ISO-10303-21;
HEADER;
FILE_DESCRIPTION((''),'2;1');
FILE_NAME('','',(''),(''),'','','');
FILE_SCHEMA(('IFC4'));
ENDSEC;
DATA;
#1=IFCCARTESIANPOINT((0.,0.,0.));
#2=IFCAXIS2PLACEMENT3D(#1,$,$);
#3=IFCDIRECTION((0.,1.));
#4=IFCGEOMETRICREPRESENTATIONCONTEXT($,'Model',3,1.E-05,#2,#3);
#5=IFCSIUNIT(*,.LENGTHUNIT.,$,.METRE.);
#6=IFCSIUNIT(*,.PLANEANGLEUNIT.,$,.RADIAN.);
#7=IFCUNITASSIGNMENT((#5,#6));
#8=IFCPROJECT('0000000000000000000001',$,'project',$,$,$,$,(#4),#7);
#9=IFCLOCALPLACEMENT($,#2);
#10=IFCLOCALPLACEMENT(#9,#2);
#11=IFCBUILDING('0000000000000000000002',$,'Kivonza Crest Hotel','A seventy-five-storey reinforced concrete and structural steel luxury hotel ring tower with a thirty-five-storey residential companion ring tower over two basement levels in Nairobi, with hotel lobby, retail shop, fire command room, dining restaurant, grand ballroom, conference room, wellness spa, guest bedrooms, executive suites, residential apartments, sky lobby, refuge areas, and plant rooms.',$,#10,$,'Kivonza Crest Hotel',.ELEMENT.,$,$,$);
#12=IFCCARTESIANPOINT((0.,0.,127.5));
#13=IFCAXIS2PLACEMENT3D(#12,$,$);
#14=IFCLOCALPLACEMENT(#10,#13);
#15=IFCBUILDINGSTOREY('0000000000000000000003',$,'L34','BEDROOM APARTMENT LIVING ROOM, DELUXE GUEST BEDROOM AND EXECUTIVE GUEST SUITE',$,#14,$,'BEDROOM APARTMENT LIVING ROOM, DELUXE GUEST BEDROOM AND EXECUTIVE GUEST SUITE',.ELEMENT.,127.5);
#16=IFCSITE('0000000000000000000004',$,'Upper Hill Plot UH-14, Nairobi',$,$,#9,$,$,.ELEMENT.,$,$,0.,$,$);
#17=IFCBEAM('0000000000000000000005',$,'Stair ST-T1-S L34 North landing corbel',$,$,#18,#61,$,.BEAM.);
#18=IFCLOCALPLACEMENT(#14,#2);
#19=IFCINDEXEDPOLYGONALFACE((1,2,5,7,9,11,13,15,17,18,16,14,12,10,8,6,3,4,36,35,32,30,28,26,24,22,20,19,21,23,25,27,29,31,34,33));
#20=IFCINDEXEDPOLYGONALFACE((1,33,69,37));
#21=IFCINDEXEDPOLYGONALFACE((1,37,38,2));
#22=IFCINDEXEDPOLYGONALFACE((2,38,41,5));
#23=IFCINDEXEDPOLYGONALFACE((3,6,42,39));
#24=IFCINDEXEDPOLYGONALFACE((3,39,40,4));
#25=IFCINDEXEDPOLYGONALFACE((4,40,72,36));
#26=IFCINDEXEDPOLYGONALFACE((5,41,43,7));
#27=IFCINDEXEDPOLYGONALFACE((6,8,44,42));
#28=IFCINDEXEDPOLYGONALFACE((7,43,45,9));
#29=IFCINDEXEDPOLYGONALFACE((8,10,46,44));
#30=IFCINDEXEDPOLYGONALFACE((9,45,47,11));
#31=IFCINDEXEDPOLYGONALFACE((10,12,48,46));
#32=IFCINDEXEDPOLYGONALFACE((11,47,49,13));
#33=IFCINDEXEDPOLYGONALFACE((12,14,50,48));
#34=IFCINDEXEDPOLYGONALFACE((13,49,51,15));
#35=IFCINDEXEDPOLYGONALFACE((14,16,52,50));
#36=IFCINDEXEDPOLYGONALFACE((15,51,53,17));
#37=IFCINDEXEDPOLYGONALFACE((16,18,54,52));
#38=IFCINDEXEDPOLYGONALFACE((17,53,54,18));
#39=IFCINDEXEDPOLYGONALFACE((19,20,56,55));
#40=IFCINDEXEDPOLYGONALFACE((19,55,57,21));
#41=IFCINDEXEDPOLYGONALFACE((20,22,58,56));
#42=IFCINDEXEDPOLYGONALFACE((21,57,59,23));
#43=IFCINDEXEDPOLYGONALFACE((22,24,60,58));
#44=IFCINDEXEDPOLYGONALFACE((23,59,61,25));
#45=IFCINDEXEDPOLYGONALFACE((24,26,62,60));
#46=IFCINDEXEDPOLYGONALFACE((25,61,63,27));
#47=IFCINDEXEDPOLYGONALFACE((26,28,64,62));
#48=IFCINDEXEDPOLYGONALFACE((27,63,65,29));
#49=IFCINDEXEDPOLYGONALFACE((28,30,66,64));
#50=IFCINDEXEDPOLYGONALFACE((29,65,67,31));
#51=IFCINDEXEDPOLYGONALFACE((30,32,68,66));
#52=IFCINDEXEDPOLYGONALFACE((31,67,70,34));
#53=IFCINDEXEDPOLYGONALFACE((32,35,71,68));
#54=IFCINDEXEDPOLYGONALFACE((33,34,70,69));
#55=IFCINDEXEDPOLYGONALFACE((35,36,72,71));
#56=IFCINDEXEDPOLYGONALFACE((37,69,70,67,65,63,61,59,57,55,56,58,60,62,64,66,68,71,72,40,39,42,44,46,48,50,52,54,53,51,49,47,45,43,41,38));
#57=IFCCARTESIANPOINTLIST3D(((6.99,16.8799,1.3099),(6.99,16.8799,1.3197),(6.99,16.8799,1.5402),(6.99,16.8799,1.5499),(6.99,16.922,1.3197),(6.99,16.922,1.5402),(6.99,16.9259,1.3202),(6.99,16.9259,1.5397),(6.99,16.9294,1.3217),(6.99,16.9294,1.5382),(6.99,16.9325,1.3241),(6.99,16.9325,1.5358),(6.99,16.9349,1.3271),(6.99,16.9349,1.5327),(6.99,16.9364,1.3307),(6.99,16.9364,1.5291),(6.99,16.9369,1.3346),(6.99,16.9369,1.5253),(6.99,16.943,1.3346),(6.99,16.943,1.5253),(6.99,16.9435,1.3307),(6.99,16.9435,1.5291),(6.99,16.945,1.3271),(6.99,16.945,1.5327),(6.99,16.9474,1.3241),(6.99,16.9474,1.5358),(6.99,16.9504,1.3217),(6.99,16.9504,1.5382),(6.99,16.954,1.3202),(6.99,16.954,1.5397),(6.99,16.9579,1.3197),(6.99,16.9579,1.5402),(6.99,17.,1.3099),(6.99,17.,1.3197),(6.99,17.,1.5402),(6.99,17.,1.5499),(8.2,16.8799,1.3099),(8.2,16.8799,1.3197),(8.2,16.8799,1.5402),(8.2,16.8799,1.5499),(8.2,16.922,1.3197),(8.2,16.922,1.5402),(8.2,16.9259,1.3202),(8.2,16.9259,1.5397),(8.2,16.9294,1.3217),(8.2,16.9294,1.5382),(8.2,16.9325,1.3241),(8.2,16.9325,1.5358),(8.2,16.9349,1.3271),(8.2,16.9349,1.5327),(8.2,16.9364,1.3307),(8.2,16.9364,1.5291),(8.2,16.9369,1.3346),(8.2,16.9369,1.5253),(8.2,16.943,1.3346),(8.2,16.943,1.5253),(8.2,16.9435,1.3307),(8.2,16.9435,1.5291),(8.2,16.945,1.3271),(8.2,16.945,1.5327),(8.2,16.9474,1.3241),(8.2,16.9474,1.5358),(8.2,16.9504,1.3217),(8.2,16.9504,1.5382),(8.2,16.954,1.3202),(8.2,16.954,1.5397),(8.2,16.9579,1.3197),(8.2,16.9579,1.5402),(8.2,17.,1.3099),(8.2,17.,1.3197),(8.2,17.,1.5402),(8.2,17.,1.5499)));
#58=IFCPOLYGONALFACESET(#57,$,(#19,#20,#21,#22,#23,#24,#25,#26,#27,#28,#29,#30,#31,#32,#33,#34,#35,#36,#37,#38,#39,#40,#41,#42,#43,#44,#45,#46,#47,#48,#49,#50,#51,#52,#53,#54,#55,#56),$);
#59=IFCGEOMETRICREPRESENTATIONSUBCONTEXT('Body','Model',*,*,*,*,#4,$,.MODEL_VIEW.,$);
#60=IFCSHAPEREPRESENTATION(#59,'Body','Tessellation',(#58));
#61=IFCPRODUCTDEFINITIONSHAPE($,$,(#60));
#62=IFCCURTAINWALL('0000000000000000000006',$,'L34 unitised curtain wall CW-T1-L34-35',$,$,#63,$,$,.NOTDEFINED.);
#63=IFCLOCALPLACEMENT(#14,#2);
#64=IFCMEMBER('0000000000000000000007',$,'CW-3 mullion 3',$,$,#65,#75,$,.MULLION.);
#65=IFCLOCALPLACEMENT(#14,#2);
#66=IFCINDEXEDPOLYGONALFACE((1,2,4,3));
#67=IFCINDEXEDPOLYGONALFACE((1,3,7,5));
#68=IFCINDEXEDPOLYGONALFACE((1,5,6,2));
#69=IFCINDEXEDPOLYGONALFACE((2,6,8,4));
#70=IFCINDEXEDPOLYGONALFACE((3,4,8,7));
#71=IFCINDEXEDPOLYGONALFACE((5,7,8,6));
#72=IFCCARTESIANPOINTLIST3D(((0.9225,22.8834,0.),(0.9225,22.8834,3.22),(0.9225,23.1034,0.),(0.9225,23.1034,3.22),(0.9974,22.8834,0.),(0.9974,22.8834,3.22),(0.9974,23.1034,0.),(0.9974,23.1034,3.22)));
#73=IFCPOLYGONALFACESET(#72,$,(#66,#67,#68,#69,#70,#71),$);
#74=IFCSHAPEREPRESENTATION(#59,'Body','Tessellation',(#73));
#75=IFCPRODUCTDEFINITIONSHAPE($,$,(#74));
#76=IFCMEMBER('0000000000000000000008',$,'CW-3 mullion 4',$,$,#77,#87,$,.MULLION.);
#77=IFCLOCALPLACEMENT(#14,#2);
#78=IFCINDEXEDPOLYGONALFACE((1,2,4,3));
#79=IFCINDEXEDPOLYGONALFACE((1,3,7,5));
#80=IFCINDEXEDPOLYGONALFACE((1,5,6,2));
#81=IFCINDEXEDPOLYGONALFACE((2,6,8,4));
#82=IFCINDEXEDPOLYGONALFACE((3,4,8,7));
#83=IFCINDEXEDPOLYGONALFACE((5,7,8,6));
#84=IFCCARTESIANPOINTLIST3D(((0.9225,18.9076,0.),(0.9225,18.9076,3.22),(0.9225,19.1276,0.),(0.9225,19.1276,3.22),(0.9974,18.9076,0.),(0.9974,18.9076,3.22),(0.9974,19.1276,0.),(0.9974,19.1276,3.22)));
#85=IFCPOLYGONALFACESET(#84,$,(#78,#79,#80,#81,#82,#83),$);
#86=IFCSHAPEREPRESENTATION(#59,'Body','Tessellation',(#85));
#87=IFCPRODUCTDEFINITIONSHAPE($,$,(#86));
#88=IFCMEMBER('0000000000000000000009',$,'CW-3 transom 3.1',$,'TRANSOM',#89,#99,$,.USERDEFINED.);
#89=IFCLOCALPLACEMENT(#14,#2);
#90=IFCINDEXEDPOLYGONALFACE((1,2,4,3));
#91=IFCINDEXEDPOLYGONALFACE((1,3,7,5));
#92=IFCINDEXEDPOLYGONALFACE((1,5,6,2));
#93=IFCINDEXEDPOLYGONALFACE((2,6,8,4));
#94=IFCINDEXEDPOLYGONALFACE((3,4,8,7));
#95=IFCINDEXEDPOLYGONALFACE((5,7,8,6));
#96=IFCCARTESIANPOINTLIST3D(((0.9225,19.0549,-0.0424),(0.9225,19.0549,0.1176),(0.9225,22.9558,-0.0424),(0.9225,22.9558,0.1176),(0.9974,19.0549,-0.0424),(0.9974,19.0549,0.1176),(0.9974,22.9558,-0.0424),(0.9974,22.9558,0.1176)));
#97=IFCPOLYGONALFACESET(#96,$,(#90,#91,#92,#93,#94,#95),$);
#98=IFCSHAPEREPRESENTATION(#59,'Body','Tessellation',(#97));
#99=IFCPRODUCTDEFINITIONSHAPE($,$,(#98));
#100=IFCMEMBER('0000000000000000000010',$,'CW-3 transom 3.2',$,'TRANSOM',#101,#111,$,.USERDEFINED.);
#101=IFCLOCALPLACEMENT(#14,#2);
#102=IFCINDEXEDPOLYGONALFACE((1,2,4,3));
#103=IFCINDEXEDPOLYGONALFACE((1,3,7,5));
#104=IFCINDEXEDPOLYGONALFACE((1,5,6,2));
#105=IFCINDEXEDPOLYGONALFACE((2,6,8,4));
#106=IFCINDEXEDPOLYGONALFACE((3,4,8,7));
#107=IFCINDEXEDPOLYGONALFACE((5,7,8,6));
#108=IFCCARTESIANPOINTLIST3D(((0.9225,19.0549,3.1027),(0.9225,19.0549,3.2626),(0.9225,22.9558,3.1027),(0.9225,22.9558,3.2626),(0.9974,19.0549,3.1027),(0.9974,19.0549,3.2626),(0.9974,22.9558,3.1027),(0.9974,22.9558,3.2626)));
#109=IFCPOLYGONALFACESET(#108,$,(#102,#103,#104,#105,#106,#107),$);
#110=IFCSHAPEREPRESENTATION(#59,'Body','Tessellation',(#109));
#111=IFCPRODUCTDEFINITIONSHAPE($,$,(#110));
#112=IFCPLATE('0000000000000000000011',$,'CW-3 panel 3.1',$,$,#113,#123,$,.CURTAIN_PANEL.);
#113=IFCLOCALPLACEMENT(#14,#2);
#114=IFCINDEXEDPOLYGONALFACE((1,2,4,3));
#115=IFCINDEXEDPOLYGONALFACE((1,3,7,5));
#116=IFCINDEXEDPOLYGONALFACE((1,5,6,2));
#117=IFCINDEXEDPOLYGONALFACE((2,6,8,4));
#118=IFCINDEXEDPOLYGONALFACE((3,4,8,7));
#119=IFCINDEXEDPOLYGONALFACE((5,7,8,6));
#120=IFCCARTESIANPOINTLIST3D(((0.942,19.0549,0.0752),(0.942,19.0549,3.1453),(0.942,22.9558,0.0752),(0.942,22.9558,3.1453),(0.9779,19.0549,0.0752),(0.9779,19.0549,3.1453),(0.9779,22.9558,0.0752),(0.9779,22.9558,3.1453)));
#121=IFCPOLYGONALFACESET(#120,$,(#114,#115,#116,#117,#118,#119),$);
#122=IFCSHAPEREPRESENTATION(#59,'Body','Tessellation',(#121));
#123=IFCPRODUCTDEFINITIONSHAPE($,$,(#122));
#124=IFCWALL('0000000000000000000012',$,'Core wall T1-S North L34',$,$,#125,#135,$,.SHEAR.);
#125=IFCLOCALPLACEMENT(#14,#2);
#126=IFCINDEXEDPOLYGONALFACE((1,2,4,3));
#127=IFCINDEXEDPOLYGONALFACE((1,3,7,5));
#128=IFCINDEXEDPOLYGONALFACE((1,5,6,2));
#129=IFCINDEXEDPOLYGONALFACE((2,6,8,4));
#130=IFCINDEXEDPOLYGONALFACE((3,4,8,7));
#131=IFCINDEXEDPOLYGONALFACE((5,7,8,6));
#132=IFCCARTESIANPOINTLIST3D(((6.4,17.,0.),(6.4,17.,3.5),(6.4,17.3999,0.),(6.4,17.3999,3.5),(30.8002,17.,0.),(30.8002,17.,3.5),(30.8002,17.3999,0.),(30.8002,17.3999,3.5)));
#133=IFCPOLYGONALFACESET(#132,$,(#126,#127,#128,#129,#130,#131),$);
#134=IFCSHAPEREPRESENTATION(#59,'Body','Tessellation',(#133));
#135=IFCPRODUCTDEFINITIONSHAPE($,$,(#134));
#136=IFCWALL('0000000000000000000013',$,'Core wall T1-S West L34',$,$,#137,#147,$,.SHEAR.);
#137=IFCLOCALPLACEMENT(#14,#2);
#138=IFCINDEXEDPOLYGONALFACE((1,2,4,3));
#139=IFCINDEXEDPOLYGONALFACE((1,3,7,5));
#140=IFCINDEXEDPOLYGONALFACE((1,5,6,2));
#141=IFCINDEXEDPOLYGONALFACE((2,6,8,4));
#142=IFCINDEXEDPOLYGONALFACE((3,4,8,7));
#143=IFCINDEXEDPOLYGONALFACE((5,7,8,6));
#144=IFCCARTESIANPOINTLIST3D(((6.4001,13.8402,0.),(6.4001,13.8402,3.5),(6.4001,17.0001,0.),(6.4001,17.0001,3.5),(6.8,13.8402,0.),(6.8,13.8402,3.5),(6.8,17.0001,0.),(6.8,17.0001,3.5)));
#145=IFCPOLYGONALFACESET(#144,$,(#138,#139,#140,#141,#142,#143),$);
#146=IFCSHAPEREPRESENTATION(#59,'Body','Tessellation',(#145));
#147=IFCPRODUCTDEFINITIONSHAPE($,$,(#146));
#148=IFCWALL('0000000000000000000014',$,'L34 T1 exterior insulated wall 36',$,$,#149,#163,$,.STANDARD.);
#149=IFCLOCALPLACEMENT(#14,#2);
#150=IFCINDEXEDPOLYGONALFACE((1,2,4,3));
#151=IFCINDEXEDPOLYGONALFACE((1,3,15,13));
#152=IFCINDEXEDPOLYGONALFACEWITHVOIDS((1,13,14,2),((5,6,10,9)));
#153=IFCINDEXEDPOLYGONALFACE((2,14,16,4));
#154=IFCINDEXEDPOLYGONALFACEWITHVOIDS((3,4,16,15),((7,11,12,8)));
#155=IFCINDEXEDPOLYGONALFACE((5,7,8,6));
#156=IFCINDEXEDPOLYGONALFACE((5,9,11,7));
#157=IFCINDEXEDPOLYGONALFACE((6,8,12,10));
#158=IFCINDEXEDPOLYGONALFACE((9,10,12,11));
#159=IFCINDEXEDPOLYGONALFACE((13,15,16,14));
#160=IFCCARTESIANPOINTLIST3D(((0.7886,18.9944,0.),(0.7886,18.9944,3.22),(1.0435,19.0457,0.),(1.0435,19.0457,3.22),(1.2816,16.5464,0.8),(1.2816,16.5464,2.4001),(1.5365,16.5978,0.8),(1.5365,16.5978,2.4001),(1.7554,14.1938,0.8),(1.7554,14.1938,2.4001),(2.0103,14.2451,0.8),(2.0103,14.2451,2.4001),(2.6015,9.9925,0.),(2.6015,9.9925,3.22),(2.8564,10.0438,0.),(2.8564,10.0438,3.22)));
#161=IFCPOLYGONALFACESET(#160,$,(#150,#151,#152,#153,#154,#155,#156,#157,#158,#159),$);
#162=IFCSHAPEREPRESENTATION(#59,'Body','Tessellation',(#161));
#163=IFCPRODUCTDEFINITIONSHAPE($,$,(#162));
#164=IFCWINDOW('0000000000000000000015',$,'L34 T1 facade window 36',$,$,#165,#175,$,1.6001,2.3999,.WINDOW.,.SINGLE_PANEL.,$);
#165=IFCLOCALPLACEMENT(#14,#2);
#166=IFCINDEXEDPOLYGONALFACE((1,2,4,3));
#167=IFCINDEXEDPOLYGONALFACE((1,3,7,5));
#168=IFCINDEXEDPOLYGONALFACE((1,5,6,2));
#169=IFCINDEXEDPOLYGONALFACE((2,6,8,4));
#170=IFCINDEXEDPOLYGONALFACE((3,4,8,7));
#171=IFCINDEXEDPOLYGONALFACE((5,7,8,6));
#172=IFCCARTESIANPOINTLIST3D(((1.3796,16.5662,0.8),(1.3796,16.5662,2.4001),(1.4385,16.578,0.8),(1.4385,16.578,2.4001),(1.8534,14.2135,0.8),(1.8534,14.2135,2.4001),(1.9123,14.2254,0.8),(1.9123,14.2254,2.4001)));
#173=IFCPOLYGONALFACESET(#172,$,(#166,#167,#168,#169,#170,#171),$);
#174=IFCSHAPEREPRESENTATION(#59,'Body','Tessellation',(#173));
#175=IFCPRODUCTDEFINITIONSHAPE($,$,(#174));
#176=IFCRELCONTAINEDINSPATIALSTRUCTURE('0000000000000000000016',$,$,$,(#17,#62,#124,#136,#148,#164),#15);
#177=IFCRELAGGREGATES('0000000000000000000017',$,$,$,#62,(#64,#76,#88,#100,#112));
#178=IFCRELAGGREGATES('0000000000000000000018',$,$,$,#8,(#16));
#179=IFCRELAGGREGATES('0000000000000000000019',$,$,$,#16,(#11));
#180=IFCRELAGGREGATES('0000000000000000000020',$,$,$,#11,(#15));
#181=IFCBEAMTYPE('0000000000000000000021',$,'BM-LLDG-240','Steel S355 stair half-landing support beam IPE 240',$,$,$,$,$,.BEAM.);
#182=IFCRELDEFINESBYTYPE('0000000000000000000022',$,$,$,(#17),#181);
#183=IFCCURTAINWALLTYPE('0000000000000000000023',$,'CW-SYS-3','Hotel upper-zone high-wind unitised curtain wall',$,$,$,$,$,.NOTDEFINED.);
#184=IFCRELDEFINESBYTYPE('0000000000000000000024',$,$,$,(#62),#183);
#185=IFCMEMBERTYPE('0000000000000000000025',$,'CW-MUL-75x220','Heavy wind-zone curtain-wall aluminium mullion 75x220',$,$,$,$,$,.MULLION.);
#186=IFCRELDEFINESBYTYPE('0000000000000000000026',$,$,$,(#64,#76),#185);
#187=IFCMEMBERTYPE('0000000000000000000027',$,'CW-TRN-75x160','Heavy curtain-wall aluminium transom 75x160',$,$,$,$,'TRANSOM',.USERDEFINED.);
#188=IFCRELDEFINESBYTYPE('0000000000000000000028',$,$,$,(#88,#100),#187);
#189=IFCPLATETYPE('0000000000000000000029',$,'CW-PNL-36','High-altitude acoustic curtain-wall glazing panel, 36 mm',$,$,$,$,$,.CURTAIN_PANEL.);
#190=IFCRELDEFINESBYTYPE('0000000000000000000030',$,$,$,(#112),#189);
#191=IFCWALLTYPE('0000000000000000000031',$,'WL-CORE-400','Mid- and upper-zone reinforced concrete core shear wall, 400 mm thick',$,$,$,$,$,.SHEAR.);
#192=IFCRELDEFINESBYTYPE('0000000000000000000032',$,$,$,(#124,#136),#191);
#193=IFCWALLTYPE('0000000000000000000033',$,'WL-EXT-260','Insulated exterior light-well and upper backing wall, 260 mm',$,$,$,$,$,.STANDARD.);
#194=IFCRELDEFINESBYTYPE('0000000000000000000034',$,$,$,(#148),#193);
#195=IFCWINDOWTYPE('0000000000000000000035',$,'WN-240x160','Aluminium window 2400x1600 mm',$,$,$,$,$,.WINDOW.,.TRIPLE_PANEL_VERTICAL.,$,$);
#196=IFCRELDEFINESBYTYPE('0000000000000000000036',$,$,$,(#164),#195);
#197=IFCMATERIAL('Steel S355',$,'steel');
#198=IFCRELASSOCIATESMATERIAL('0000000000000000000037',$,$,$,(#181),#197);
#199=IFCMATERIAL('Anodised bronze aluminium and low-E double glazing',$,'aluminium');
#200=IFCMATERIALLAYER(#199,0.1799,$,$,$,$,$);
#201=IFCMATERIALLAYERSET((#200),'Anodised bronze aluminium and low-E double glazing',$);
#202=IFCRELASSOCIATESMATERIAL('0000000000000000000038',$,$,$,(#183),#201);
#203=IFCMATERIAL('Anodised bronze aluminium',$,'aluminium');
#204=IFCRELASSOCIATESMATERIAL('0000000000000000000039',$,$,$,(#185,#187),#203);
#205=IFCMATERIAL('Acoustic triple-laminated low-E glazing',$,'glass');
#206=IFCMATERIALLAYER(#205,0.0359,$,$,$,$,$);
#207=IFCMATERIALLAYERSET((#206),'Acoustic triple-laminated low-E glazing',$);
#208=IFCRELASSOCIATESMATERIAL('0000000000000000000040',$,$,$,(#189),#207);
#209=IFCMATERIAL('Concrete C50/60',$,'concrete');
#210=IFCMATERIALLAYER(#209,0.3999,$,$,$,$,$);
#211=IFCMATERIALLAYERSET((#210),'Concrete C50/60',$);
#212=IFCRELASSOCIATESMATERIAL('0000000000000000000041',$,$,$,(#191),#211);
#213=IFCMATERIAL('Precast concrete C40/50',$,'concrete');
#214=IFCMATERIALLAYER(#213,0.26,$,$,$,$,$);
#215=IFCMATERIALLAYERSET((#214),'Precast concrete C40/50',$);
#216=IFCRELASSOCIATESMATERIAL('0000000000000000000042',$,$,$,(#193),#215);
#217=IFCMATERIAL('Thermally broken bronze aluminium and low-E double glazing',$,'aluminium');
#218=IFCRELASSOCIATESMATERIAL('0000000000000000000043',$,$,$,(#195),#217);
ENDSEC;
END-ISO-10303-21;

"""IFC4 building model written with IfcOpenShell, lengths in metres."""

from ifc_helpers import new_model, si_unit, direction, frame, frame_2d, origin, origin_2d, place, context, subcontext, project, spatial, rectangle, i_section, extrude, material, layer, layer_set, material_profile, profile_set, type_object, element, fill, aggregate, save


model = new_model("IFC4")

# Units and contexts
model_context = context("Model", 3, precision=1e-05, world=origin(), true_north=direction((0.0, 1.0)))
body_context = subcontext(model_context, "Body", "Model", "MODEL_VIEW")
ifc_project = project(units=[si_unit("LENGTHUNIT", "METRE"), si_unit("PLANEANGLEUNIT", "RADIAN")], contexts=[model_context])

# Site, building, storey
site_placement = place(None, origin())
site = spatial("IfcSite", under=ifc_project, at=site_placement, Name="Upper Hill Plot UH-14, Nairobi", CompositionType="ELEMENT", RefElevation=0.0)
building_placement = place(site_placement, origin())
building = spatial("IfcBuilding", under=site, at=building_placement, Name="Kivonza Crest Hotel", Description="A seventy-five-storey reinforced concrete and structural steel luxury hotel ring tower with a thirty-five-storey residential companion ring tower over two basement levels in Nairobi, with hotel lobby, retail shop, fire command room, dining restaurant, grand ballroom, conference room, wellness spa, guest bedrooms, executive suites, residential apartments, sky lobby, refuge areas, and plant rooms.", LongName="Kivonza Crest Hotel", CompositionType="ELEMENT")
storey_placement = place(building_placement, frame((0.0, 0.0, 127.5)))
storey = spatial("IfcBuildingStorey", under=building, at=storey_placement, Name="L34", Description="BEDROOM APARTMENT LIVING ROOM, DELUXE GUEST BEDROOM AND EXECUTIVE GUEST SUITE", LongName="BEDROOM APARTMENT LIVING ROOM, DELUXE GUEST BEDROOM AND EXECUTIVE GUEST SUITE", CompositionType="ELEMENT", Elevation=127.5)

# Shared definitions
ifc_material_1 = material(Name="Concrete C50/60", Category="concrete")

# Beam
ifc_material_2 = material(Name="Steel S355", Category="steel")
ifc_material_profile_1 = material_profile(ifc_material_2, i_section(OverallWidth=0.1201, OverallDepth=0.24, WebThickness=0.0061, FlangeThickness=0.0098, FilletRadius=0.0149, at=origin_2d()), Name="IPE 240")
ifc_profile_set_1 = profile_set([ifc_material_profile_1], Name="Steel S355")
beam_type_1 = type_object("IfcBeamType", Name="BM-LLDG-240", Description="Steel S355 stair half-landing support beam IPE 240", PredefinedType="BEAM", material=ifc_profile_set_1)
for number, where, z_axis, x_axis, name in (
    (1, (6.99, 16.9399, 1.4299), (1.0, 0.0, 0.0), (0.0, 1.0, 0.0), "Stair ST-T1-S L34 North landing corbel"),
):
    element("IfcBeam", number, at=place(storey_placement, frame(where, z_axis=z_axis, x_axis=x_axis)), inside=storey, type_object=beam_type_1, Name=name, PredefinedType="BEAM", context=body_context, shape_type="SweptSolid", body=[
        extrude(i_section(OverallWidth=0.1201, OverallDepth=0.24, WebThickness=0.0061, FlangeThickness=0.0098, FilletRadius=0.0149, at=origin_2d()), origin(), (0.0, 0.0, 1.0), 1.21),
    ])

# Curtain wall, members, plate
ifc_material_3 = material(Name="Anodised bronze aluminium and low-E double glazing", Category="aluminium")
ifc_layer_1 = layer(ifc_material_3, 0.1799)
ifc_layer_set_1 = layer_set([ifc_layer_1], Name="Anodised bronze aluminium and low-E double glazing")
curtain_wall_type = type_object("IfcCurtainWallType", Name="CW-SYS-3", Description="Hotel upper-zone high-wind unitised curtain wall", PredefinedType="NOTDEFINED", material=ifc_layer_set_1)
curtain_wall_placement = place(storey_placement, origin())
curtain_wall = element("IfcCurtainWall", 2, at=curtain_wall_placement, inside=storey, type_object=curtain_wall_type, Name="L34 unitised curtain wall CW-T1-L34-35", PredefinedType="NOTDEFINED")
ifc_material_4 = material(Name="Anodised bronze aluminium", Category="aluminium")
ifc_material_profile_2 = material_profile(ifc_material_4, rectangle(XDim=0.075, YDim=0.22, at=origin_2d()), Name="CW-M 75x220")
ifc_profile_set_2 = profile_set([ifc_material_profile_2], Name="Anodised bronze aluminium")
member_type_1 = type_object("IfcMemberType", Name="CW-MUL-75x220", Description="Heavy wind-zone curtain-wall aluminium mullion 75x220", PredefinedType="MULLION", material=ifc_profile_set_2)
member_1_placement = place(storey_placement, frame((0.96, 22.9934, 0.0), z_axis=(0.0, 0.0, 1.0), x_axis=(1.0, 0.0, 0.0)))
member_1 = element("IfcMember", 3, at=member_1_placement, type_object=member_type_1, Name="CW-3 mullion 3", PredefinedType="MULLION", context=body_context, shape_type="SweptSolid", body=[
    extrude(rectangle(XDim=0.075, YDim=0.22, at=origin_2d()), origin(), (0.0, 0.0, 1.0), 3.22),
])
member_2_placement = place(storey_placement, frame((0.96, 19.0176, 0.0), z_axis=(0.0, 0.0, 1.0), x_axis=(1.0, 0.0, 0.0)))
member_2 = element("IfcMember", 4, at=member_2_placement, type_object=member_type_1, Name="CW-3 mullion 4", PredefinedType="MULLION", context=body_context, shape_type="SweptSolid", body=[
    extrude(rectangle(XDim=0.075, YDim=0.22, at=origin_2d()), origin(), (0.0, 0.0, 1.0), 3.22),
])
ifc_material_profile_3 = material_profile(ifc_material_4, rectangle(XDim=0.075, YDim=0.1599, at=origin_2d()), Name="CW-T 75x160")
ifc_profile_set_3 = profile_set([ifc_material_profile_3], Name="Anodised bronze aluminium")
member_type_2 = type_object("IfcMemberType", Name="CW-TRN-75x160", Description="Heavy curtain-wall aluminium transom 75x160", ElementType="TRANSOM", PredefinedType="USERDEFINED", material=ifc_profile_set_3)
member_3_placement = place(storey_placement, frame((0.96, 22.9558, 0.0376), z_axis=(0.0, -1.0, 0.0), x_axis=(1.0, 0.0, 0.0)))
member_3 = element("IfcMember", 5, at=member_3_placement, type_object=member_type_2, Name="CW-3 transom 3.1", ObjectType="TRANSOM", PredefinedType="USERDEFINED", context=body_context, shape_type="SweptSolid", body=[
    extrude(rectangle(XDim=0.075, YDim=0.1599, at=origin_2d()), origin(), (0.0, 0.0, 1.0), 3.9009),
])
member_4_placement = place(storey_placement, frame((0.96, 22.9558, 3.1826), z_axis=(0.0, -1.0, 0.0), x_axis=(1.0, 0.0, 0.0)))
member_4 = element("IfcMember", 6, at=member_4_placement, type_object=member_type_2, Name="CW-3 transom 3.2", ObjectType="TRANSOM", PredefinedType="USERDEFINED", context=body_context, shape_type="SweptSolid", body=[
    extrude(rectangle(XDim=0.075, YDim=0.1599, at=origin_2d()), origin(), (0.0, 0.0, 1.0), 3.9009),
])
ifc_material_5 = material(Name="Acoustic triple-laminated low-E glazing", Category="glass")
ifc_layer_2 = layer(ifc_material_5, 0.0359)
ifc_layer_set_2 = layer_set([ifc_layer_2], Name="Acoustic triple-laminated low-E glazing")
plate_type = type_object("IfcPlateType", Name="CW-PNL-36", Description="High-altitude acoustic curtain-wall glazing panel, 36 mm", PredefinedType="CURTAIN_PANEL", material=ifc_layer_set_2)
plate_placement = place(storey_placement, frame((0.96, 21.0054, 0.0752), z_axis=(0.0, 0.0, 1.0), x_axis=(0.0, -1.0, 0.0)))
plate = element("IfcPlate", 7, at=plate_placement, type_object=plate_type, Name="CW-3 panel 3.1", PredefinedType="CURTAIN_PANEL", context=body_context, shape_type="SweptSolid", body=[
    extrude(rectangle(XDim=3.9009, YDim=0.0359, at=origin_2d()), origin(), (0.0, 0.0, 1.0), 3.0701),
])
aggregate(curtain_wall, [member_1, member_2, member_3, member_4, plate])

# Walls
ifc_layer_3 = layer(ifc_material_1, 0.3999)
ifc_layer_set_3 = layer_set([ifc_layer_3], Name="Concrete C50/60")
wall_type_1 = type_object("IfcWallType", Name="WL-CORE-400", Description="Mid- and upper-zone reinforced concrete core shear wall, 400 mm thick", PredefinedType="SHEAR", material=ifc_layer_set_3)
wall_1_placement = place(storey_placement, frame((6.3999, 17.2, 0.0), z_axis=(0.0, 0.0, 1.0), x_axis=(1.0, 0.0, 0.0)))
element("IfcWall", 8, at=wall_1_placement, inside=storey, type_object=wall_type_1, Name="Core wall T1-S North L34", PredefinedType="SHEAR", context=body_context, shape_type="SweptSolid", body=[
    extrude(rectangle(XDim=24.4001, YDim=0.3999, at=frame_2d((12.2002, 0.0))), origin(), (0.0, 0.0, 1.0), 3.5),
])
wall_2_placement = place(storey_placement, frame((6.6001, 13.8401, 0.0), z_axis=(0.0, 0.0, 1.0), x_axis=(0.0, 1.0, 0.0)))
element("IfcWall", 9, at=wall_2_placement, inside=storey, type_object=wall_type_1, Name="Core wall T1-S West L34", PredefinedType="SHEAR", context=body_context, shape_type="SweptSolid", body=[
    extrude(rectangle(XDim=3.1599, YDim=0.3999, at=frame_2d((1.5801, 0.0))), origin(), (0.0, 0.0, 1.0), 3.5),
])

# Wall, opening, window
ifc_material_6 = material(Name="Precast concrete C40/50", Category="concrete")
ifc_layer_4 = layer(ifc_material_6, 0.26)
ifc_layer_set_4 = layer_set([ifc_layer_4], Name="Precast concrete C40/50")
wall_type_2 = type_object("IfcWallType", Name="WL-EXT-260", Description="Insulated exterior light-well and upper backing wall, 260 mm", PredefinedType="STANDARD", material=ifc_layer_set_4)
wall_3_placement = place(storey_placement, frame((0.916, 19.02, 0.0), z_axis=(0.0, 0.0, 1.0), x_axis=(0.197435, -0.980316, 0.0)))
wall_3 = element("IfcWall", 10, at=wall_3_placement, inside=storey, type_object=wall_type_2, Name="L34 T1 exterior insulated wall 36", PredefinedType="STANDARD", context=body_context, shape_type="SweptSolid", body=[
    extrude(rectangle(XDim=9.1826, YDim=0.26, at=frame_2d((4.5913, 0.0))), origin(), (0.0, 0.0, 1.0), 3.22),
])
opening_1_placement = place(wall_3_placement, frame((2.4971, 0.0, 0.8)))
opening_1 = element("IfcOpeningElement", 11, at=opening_1_placement, cuts=wall_3, PredefinedType="OPENING", context=body_context, shape_type="SweptSolid", body=[
    extrude(rectangle(XDim=2.3999, YDim=1.6001, at=frame_2d((1.2, 0.8))), frame((0.0, 0.1401, 0.0), z_axis=(0.0, -1.0, 0.0), x_axis=(1.0, 0.0, 0.0)), (0.0, 0.0, 1.0), 0.28),
])
ifc_material_7 = material(Name="Thermally broken bronze aluminium and low-E double glazing", Category="aluminium")
window_type = type_object("IfcWindowType", Name="WN-240x160", Description="Aluminium window 2400x1600 mm", PartitioningType="TRIPLE_PANEL_VERTICAL", PredefinedType="WINDOW", material=ifc_material_7)
window_placement = place(opening_1_placement, origin())
window = element("IfcWindow", 12, at=window_placement, inside=storey, type_object=window_type, Name="L34 T1 facade window 36", OverallHeight=1.6001, OverallWidth=2.3999, PartitioningType="SINGLE_PANEL", PredefinedType="WINDOW", context=body_context, shape_type="SweptSolid", body=[
    extrude(rectangle(XDim=2.3999, YDim=1.6001, at=frame_2d((1.2, 0.8))), frame((0.0, 0.03, 0.0), z_axis=(0.0, -1.0, 0.0), x_axis=(1.0, 0.0, 0.0)), (0.0, 0.0, 1.0), 0.0601),
])
fill(opening_1, window)

save(model, "model.ifc")
